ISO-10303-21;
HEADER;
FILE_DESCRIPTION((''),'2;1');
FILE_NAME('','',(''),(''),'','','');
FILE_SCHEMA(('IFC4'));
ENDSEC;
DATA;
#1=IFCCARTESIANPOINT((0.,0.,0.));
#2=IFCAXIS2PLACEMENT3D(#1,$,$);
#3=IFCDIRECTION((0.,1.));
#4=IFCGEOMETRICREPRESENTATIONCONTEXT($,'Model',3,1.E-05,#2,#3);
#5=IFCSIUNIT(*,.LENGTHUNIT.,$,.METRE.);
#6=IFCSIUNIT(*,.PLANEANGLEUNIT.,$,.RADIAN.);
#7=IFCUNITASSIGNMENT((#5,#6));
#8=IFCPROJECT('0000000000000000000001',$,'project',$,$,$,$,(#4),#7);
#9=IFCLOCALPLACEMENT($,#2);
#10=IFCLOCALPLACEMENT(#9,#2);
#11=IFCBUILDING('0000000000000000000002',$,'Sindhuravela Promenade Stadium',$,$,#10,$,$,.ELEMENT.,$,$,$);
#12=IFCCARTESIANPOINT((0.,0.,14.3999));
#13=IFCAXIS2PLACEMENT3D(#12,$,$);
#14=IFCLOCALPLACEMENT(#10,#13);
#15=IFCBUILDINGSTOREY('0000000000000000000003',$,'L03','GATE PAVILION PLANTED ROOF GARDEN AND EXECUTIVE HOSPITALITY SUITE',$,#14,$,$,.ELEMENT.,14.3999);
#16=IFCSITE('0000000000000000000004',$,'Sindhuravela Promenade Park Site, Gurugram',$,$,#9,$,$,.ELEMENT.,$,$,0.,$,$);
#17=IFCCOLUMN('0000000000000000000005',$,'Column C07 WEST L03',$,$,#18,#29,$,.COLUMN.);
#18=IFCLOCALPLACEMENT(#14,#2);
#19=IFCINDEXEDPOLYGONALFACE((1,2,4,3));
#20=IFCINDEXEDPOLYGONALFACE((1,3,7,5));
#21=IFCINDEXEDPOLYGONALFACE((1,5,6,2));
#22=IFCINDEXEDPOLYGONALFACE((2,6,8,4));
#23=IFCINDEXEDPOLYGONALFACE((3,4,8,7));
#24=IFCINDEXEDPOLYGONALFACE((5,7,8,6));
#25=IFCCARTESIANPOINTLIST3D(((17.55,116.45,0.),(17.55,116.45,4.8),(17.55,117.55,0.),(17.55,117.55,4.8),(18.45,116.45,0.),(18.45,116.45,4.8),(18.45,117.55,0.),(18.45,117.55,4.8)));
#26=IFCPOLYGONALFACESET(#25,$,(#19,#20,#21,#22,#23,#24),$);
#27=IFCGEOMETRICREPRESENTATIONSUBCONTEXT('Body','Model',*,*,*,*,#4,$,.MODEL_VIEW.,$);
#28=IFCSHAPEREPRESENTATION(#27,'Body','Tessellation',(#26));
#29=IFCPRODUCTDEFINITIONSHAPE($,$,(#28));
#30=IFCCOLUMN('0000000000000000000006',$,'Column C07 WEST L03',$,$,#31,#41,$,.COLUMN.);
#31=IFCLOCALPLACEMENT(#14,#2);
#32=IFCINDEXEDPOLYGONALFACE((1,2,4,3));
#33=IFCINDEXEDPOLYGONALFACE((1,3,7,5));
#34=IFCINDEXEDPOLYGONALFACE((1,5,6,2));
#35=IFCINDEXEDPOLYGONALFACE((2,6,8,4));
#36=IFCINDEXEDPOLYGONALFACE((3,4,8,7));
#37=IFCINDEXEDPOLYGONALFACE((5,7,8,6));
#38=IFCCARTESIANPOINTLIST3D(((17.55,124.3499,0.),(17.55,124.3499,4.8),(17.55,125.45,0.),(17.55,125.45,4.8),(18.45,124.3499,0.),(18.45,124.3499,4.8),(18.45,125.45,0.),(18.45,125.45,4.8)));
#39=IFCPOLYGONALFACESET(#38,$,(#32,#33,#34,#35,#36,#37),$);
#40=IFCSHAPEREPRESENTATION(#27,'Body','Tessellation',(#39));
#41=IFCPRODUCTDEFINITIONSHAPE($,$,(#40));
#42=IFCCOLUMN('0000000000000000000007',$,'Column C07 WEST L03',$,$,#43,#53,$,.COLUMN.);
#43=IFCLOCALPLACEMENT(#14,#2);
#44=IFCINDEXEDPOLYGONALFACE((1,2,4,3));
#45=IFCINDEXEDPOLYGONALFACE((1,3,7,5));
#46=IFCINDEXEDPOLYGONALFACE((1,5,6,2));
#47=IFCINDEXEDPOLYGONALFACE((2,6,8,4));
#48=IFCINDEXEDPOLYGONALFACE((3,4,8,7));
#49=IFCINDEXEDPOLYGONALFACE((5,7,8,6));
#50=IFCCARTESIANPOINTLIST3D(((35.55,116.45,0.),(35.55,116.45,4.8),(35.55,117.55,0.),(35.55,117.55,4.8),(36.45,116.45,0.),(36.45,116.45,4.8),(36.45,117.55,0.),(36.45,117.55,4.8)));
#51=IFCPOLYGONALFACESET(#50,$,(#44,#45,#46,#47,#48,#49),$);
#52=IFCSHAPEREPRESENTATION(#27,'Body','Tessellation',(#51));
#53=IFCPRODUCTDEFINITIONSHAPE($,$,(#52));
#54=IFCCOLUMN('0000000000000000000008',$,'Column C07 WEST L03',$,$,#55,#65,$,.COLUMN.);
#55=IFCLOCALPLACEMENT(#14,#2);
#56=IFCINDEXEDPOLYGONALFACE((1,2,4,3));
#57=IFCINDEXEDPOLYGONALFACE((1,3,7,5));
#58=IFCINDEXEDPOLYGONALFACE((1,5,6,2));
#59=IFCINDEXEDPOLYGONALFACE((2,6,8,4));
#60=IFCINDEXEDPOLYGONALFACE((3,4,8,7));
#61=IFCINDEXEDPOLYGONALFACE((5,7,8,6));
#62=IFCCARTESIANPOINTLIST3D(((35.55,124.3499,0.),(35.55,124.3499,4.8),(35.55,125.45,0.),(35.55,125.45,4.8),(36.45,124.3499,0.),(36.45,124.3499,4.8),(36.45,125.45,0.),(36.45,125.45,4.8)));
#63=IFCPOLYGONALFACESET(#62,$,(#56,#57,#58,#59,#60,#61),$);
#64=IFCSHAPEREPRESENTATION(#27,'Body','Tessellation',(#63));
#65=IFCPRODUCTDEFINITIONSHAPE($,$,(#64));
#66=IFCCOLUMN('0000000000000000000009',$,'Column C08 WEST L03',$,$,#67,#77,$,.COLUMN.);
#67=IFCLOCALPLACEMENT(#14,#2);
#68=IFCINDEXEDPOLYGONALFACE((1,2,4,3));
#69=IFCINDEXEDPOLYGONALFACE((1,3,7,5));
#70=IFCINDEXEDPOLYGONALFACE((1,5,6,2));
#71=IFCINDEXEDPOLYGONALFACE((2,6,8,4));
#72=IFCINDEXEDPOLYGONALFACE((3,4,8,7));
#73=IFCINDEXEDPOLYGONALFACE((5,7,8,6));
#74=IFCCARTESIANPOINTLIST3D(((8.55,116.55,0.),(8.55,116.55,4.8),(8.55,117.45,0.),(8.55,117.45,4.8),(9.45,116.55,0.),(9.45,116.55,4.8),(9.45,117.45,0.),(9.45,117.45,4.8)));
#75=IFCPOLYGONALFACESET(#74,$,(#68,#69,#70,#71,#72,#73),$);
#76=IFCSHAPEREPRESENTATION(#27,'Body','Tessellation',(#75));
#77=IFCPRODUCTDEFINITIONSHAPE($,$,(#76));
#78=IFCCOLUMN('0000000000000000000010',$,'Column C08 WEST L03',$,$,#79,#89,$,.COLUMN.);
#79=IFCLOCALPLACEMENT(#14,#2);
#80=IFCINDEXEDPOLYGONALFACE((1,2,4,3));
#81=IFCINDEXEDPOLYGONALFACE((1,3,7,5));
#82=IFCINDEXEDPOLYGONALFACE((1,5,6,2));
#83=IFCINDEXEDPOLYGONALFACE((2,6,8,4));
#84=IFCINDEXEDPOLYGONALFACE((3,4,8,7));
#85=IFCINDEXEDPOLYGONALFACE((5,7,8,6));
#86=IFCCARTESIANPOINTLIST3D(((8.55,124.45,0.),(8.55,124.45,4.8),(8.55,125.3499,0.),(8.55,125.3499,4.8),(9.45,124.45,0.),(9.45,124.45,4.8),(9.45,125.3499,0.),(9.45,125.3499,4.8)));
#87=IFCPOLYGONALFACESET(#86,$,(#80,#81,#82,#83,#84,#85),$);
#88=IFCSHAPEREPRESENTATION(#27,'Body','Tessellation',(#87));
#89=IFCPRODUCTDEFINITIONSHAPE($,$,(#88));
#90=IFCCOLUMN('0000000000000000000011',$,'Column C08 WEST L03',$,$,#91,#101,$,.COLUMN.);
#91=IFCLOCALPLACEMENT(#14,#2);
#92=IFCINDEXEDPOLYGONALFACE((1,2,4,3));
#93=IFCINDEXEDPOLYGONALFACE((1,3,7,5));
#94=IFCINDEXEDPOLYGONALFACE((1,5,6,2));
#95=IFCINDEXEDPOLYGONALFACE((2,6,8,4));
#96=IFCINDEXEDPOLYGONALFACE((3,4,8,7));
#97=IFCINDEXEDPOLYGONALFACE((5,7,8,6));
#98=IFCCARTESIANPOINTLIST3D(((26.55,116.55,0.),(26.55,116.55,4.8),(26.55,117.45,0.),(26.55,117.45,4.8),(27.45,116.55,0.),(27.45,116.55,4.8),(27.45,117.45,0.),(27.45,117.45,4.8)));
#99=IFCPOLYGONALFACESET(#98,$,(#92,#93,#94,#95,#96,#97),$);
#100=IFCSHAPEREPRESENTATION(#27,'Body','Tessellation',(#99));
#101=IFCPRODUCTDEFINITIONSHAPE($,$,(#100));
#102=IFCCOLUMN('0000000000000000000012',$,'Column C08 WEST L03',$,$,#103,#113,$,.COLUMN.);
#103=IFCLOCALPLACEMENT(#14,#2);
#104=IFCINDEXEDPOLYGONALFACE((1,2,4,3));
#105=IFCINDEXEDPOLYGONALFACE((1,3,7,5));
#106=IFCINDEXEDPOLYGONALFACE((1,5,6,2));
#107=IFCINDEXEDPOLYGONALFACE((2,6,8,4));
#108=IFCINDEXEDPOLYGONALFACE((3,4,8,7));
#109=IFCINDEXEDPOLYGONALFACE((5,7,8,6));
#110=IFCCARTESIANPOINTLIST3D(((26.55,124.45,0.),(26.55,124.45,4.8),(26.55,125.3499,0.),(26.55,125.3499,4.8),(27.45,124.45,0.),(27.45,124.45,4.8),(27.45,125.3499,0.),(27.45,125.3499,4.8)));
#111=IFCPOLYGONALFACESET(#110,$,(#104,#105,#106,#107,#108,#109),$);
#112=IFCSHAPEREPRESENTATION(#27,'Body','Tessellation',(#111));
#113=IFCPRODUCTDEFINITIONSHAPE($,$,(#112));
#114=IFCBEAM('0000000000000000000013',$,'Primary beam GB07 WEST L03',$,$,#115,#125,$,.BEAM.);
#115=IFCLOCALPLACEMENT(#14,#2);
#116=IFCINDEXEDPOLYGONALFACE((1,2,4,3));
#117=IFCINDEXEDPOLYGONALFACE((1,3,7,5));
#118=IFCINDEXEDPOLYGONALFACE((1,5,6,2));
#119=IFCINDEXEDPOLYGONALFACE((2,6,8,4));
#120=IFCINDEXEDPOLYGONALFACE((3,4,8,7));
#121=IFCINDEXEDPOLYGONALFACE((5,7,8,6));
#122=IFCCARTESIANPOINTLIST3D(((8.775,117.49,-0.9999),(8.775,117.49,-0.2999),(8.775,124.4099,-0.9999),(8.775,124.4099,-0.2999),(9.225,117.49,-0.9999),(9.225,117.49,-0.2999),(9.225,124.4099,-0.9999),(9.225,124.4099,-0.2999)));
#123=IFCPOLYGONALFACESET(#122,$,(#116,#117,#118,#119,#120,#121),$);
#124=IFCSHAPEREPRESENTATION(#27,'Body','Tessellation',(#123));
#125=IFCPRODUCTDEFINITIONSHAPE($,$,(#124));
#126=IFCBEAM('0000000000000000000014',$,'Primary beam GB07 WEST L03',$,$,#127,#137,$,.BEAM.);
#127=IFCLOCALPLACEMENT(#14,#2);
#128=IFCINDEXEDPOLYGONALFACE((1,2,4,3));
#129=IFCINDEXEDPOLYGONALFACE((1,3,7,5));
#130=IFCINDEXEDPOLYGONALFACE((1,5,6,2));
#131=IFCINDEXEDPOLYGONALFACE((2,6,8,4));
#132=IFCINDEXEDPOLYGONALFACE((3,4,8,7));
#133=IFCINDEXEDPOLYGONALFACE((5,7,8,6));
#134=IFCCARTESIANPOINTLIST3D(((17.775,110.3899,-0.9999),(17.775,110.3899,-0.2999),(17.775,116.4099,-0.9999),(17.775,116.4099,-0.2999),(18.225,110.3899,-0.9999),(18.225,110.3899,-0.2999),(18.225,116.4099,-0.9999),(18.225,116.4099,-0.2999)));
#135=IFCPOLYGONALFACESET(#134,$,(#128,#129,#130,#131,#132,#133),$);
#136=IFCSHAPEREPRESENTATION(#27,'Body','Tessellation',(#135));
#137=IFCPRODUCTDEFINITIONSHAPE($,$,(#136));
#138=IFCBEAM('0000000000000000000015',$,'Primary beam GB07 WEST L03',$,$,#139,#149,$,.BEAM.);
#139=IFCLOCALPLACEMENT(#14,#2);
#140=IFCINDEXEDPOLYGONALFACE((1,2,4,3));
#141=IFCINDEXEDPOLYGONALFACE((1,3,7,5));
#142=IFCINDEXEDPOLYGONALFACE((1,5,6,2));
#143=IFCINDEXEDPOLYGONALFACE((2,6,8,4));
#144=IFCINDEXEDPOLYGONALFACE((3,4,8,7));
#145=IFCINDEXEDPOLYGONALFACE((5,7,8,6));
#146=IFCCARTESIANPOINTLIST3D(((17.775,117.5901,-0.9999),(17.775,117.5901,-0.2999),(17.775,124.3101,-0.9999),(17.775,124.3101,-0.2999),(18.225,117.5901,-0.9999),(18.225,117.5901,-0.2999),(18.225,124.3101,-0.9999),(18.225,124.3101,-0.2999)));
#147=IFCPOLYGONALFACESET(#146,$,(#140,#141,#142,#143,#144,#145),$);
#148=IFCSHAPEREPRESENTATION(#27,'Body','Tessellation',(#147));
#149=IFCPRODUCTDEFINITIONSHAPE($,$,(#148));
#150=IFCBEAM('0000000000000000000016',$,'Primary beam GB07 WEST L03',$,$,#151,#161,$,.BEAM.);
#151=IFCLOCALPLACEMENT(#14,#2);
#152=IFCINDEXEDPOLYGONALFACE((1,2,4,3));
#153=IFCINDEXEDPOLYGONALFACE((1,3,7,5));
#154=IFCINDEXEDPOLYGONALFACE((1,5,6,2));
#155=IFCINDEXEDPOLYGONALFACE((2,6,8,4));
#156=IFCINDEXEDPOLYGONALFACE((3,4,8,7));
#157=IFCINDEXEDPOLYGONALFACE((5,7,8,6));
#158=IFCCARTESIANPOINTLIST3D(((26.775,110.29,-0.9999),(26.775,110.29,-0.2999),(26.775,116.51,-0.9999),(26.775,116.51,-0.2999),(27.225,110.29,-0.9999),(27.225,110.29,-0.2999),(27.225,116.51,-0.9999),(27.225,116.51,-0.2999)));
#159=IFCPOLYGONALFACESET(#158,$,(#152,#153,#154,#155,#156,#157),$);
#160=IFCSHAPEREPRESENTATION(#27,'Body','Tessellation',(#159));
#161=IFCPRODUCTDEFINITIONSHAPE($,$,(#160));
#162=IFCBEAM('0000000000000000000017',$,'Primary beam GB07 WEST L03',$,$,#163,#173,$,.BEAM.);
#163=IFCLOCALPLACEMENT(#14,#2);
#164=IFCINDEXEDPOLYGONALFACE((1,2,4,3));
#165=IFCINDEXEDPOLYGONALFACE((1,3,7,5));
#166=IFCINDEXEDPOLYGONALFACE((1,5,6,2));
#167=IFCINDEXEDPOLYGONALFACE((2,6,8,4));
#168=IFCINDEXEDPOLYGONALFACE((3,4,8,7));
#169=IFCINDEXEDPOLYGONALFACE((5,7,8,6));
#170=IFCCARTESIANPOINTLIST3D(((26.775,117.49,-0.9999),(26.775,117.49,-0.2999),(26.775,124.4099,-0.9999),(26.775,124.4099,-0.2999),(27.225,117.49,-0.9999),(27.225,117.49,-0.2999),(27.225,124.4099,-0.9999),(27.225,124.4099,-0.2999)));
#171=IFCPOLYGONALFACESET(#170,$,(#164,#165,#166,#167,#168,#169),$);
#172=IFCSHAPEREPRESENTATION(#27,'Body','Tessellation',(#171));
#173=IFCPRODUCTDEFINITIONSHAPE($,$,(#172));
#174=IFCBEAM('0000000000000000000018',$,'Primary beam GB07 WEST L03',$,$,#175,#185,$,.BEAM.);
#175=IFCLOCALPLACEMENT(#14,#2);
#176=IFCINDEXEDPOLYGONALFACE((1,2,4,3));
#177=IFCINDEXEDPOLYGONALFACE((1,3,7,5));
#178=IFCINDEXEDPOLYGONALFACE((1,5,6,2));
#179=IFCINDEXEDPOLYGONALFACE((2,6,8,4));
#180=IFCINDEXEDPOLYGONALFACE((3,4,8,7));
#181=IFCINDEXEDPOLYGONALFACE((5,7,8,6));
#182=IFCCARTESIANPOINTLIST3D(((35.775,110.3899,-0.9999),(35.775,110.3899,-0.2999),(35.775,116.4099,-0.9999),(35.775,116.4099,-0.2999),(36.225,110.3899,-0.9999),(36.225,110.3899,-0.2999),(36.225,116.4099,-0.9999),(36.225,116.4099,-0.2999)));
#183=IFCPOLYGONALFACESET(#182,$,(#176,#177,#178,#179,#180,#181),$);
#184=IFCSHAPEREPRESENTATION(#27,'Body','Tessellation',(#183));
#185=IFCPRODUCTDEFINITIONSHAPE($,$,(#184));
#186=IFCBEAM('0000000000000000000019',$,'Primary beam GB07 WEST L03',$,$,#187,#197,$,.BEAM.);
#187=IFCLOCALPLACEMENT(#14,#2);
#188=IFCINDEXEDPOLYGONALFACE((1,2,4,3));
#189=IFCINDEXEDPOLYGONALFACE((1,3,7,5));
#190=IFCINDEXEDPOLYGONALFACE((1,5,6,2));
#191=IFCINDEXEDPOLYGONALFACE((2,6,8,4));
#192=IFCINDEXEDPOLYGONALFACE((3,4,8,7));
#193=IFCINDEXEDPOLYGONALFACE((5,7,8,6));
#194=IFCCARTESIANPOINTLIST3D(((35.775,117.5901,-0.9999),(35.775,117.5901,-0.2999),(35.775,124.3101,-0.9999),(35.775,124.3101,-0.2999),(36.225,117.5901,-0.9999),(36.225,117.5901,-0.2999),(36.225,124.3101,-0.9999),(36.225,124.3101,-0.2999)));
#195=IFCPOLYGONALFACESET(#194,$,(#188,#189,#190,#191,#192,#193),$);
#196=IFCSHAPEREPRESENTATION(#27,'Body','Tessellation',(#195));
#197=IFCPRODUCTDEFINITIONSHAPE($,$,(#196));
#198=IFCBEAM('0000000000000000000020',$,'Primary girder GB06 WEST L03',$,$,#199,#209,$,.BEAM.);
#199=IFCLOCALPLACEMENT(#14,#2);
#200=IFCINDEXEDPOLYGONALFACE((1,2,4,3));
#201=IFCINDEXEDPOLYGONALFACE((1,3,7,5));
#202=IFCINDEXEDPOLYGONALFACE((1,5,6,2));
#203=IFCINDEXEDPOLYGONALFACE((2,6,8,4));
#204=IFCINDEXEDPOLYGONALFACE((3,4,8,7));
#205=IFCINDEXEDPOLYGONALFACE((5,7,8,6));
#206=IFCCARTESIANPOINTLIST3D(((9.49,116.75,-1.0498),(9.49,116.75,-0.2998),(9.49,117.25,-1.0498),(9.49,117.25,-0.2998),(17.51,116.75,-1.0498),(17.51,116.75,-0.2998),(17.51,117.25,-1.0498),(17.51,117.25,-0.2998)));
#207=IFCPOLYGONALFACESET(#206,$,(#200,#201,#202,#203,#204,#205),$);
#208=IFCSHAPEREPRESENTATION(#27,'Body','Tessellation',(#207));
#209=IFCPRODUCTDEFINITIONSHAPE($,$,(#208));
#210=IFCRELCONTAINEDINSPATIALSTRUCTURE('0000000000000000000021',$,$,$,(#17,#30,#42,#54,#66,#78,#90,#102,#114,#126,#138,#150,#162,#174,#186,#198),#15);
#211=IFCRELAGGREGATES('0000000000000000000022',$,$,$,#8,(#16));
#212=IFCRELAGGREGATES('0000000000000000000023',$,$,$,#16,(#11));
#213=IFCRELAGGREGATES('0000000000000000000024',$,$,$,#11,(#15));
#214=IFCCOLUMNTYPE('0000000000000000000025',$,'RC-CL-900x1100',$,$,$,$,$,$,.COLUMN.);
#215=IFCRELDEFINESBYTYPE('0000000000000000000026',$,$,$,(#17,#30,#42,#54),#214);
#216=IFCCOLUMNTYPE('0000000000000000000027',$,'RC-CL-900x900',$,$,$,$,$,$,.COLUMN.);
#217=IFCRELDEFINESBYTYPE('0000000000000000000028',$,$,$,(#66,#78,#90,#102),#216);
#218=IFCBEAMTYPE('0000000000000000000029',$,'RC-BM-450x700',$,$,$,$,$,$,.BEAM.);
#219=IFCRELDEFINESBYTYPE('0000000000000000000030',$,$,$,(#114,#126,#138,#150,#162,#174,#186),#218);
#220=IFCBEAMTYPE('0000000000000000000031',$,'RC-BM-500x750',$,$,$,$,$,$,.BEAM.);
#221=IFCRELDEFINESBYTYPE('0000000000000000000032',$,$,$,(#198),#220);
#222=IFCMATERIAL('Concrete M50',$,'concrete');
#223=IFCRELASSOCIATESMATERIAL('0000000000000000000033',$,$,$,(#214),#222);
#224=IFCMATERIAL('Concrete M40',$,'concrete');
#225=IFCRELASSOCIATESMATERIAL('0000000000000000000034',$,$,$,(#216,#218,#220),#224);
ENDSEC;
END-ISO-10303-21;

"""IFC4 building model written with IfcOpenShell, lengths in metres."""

from ifc_helpers import new_model, si_unit, direction, frame, origin, origin_2d, place, context, subcontext, project, spatial, rectangle, extrude, material, material_profile, profile_set, type_object, element, save


model = new_model("IFC4")

# Units and contexts
model_context = context("Model", 3, precision=1e-05, world=origin(), true_north=direction((0.0, 1.0)))
body_context = subcontext(model_context, "Body", "Model", "MODEL_VIEW")
ifc_project = project(units=[si_unit("LENGTHUNIT", "METRE"), si_unit("PLANEANGLEUNIT", "RADIAN")], contexts=[model_context])

# Site, building, storey
site_placement = place(None, origin())
site = spatial("IfcSite", under=ifc_project, at=site_placement, Name="Sindhuravela Promenade Park Site, Gurugram", CompositionType="ELEMENT", RefElevation=0.0)
building_placement = place(site_placement, origin())
building = spatial("IfcBuilding", under=site, at=building_placement, Name="Sindhuravela Promenade Stadium", CompositionType="ELEMENT")
storey_placement = place(building_placement, frame((0.0, 0.0, 14.3999)))
storey = spatial("IfcBuildingStorey", under=building, at=storey_placement, Name="L03", Description="GATE PAVILION PLANTED ROOF GARDEN AND EXECUTIVE HOSPITALITY SUITE", CompositionType="ELEMENT", Elevation=14.3999)

# Columns
ifc_material_1 = material(Name="Concrete M50", Category="concrete")
ifc_material_profile_1 = material_profile(ifc_material_1, rectangle(XDim=0.8999, YDim=1.1001, at=origin_2d()), Name="RC 900x1100")
ifc_profile_set_1 = profile_set([ifc_material_profile_1], Name="Concrete M50")
column_type_1 = type_object("IfcColumnType", Name="RC-CL-900x1100", PredefinedType="COLUMN", material=ifc_profile_set_1)
for number, where, z_axis, x_axis, name in (
    (1, (18.0, 117.0, 0.0), (0.0, 0.0, 1.0), (1.0, 0.0, 0.0), "Column C07 WEST L03"),
    (2, (18.0, 124.8999, 0.0), (0.0, 0.0, 1.0), (1.0, 0.0, 0.0), "Column C07 WEST L03"),
    (3, (36.0, 117.0, 0.0), (0.0, 0.0, 1.0), (1.0, 0.0, 0.0), "Column C07 WEST L03"),
    (4, (36.0, 124.8999, 0.0), (0.0, 0.0, 1.0), (1.0, 0.0, 0.0), "Column C07 WEST L03"),
):
    element("IfcColumn", number, at=place(storey_placement, frame(where, z_axis=z_axis, x_axis=x_axis)), inside=storey, type_object=column_type_1, Name=name, PredefinedType="COLUMN", context=body_context, shape_type="SweptSolid", body=[
        extrude(rectangle(XDim=0.8999, YDim=1.1001, at=origin_2d()), origin(), (0.0, 0.0, 1.0), 4.8),
    ])
ifc_material_2 = material(Name="Concrete M40", Category="concrete")
ifc_material_profile_2 = material_profile(ifc_material_2, rectangle(XDim=0.8999, YDim=0.8999, at=origin_2d()), Name="RC 900x900")
ifc_profile_set_2 = profile_set([ifc_material_profile_2], Name="Concrete M40")
column_type_2 = type_object("IfcColumnType", Name="RC-CL-900x900", PredefinedType="COLUMN", material=ifc_profile_set_2)
for number, where, z_axis, x_axis, name in (
    (5, (9.0, 117.0, 0.0), (0.0, 0.0, 1.0), (1.0, 0.0, 0.0), "Column C08 WEST L03"),
    (6, (9.0, 124.8999, 0.0), (0.0, 0.0, 1.0), (1.0, 0.0, 0.0), "Column C08 WEST L03"),
    (7, (27.0, 117.0, 0.0), (0.0, 0.0, 1.0), (1.0, 0.0, 0.0), "Column C08 WEST L03"),
    (8, (27.0, 124.8999, 0.0), (0.0, 0.0, 1.0), (1.0, 0.0, 0.0), "Column C08 WEST L03"),
):
    element("IfcColumn", number, at=place(storey_placement, frame(where, z_axis=z_axis, x_axis=x_axis)), inside=storey, type_object=column_type_2, Name=name, PredefinedType="COLUMN", context=body_context, shape_type="SweptSolid", body=[
        extrude(rectangle(XDim=0.8999, YDim=0.8999, at=origin_2d()), origin(), (0.0, 0.0, 1.0), 4.8),
    ])

# Beams
ifc_material_profile_3 = material_profile(ifc_material_2, rectangle(XDim=0.45, YDim=0.7, at=origin_2d()), Name="RC 450x700")
ifc_profile_set_3 = profile_set([ifc_material_profile_3], Name="Concrete M40")
beam_type_1 = type_object("IfcBeamType", Name="RC-BM-450x700", PredefinedType="BEAM", material=ifc_profile_set_3)
beam_1_placement = place(storey_placement, frame((9.0, 117.49, -0.6499), z_axis=(0.0, 1.0, 0.0), x_axis=(-1.0, 0.0, 0.0)))
element("IfcBeam", 9, at=beam_1_placement, inside=storey, type_object=beam_type_1, Name="Primary beam GB07 WEST L03", PredefinedType="BEAM", context=body_context, shape_type="SweptSolid", body=[
    extrude(rectangle(XDim=0.45, YDim=0.7, at=origin_2d()), origin(), (0.0, 0.0, 1.0), 6.9199),
])
beam_2_placement = place(storey_placement, frame((18.0, 110.3899, -0.6499), z_axis=(0.0, 1.0, 0.0), x_axis=(-1.0, 0.0, 0.0)))
element("IfcBeam", 10, at=beam_2_placement, inside=storey, type_object=beam_type_1, Name="Primary beam GB07 WEST L03", PredefinedType="BEAM", context=body_context, shape_type="SweptSolid", body=[
    extrude(rectangle(XDim=0.45, YDim=0.7, at=origin_2d()), origin(), (0.0, 0.0, 1.0), 6.02),
])
beam_3_placement = place(storey_placement, frame((18.0, 117.5901, -0.6499), z_axis=(0.0, 1.0, 0.0), x_axis=(-1.0, 0.0, 0.0)))
element("IfcBeam", 11, at=beam_3_placement, inside=storey, type_object=beam_type_1, Name="Primary beam GB07 WEST L03", PredefinedType="BEAM", context=body_context, shape_type="SweptSolid", body=[
    extrude(rectangle(XDim=0.45, YDim=0.7, at=origin_2d()), origin(), (0.0, 0.0, 1.0), 6.72),
])
beam_4_placement = place(storey_placement, frame((27.0, 110.29, -0.6499), z_axis=(0.0, 1.0, 0.0), x_axis=(-1.0, 0.0, 0.0)))
element("IfcBeam", 12, at=beam_4_placement, inside=storey, type_object=beam_type_1, Name="Primary beam GB07 WEST L03", PredefinedType="BEAM", context=body_context, shape_type="SweptSolid", body=[
    extrude(rectangle(XDim=0.45, YDim=0.7, at=origin_2d()), origin(), (0.0, 0.0, 1.0), 6.22),
])
beam_5_placement = place(storey_placement, frame((27.0, 117.49, -0.6499), z_axis=(0.0, 1.0, 0.0), x_axis=(-1.0, 0.0, 0.0)))
element("IfcBeam", 13, at=beam_5_placement, inside=storey, type_object=beam_type_1, Name="Primary beam GB07 WEST L03", PredefinedType="BEAM", context=body_context, shape_type="SweptSolid", body=[
    extrude(rectangle(XDim=0.45, YDim=0.7, at=origin_2d()), origin(), (0.0, 0.0, 1.0), 6.9199),
])
beam_6_placement = place(storey_placement, frame((36.0, 110.3899, -0.6499), z_axis=(0.0, 1.0, 0.0), x_axis=(-1.0, 0.0, 0.0)))
element("IfcBeam", 14, at=beam_6_placement, inside=storey, type_object=beam_type_1, Name="Primary beam GB07 WEST L03", PredefinedType="BEAM", context=body_context, shape_type="SweptSolid", body=[
    extrude(rectangle(XDim=0.45, YDim=0.7, at=origin_2d()), origin(), (0.0, 0.0, 1.0), 6.02),
])
beam_7_placement = place(storey_placement, frame((36.0, 117.5901, -0.6499), z_axis=(0.0, 1.0, 0.0), x_axis=(-1.0, 0.0, 0.0)))
element("IfcBeam", 15, at=beam_7_placement, inside=storey, type_object=beam_type_1, Name="Primary beam GB07 WEST L03", PredefinedType="BEAM", context=body_context, shape_type="SweptSolid", body=[
    extrude(rectangle(XDim=0.45, YDim=0.7, at=origin_2d()), origin(), (0.0, 0.0, 1.0), 6.72),
])
ifc_material_profile_4 = material_profile(ifc_material_2, rectangle(XDim=0.5, YDim=0.75, at=origin_2d()), Name="RC 500x750")
ifc_profile_set_4 = profile_set([ifc_material_profile_4], Name="Concrete M40")
beam_type_2 = type_object("IfcBeamType", Name="RC-BM-500x750", PredefinedType="BEAM", material=ifc_profile_set_4)
for number, where, z_axis, x_axis, name in (
    (16, (9.49, 117.0, -0.6748), (1.0, 0.0, 0.0), (0.0, 1.0, 0.0), "Primary girder GB06 WEST L03"),
):
    element("IfcBeam", number, at=place(storey_placement, frame(where, z_axis=z_axis, x_axis=x_axis)), inside=storey, type_object=beam_type_2, Name=name, PredefinedType="BEAM", context=body_context, shape_type="SweptSolid", body=[
        extrude(rectangle(XDim=0.5, YDim=0.75, at=origin_2d()), origin(), (0.0, 0.0, 1.0), 8.02),
    ])

save(model, "model.ifc")
